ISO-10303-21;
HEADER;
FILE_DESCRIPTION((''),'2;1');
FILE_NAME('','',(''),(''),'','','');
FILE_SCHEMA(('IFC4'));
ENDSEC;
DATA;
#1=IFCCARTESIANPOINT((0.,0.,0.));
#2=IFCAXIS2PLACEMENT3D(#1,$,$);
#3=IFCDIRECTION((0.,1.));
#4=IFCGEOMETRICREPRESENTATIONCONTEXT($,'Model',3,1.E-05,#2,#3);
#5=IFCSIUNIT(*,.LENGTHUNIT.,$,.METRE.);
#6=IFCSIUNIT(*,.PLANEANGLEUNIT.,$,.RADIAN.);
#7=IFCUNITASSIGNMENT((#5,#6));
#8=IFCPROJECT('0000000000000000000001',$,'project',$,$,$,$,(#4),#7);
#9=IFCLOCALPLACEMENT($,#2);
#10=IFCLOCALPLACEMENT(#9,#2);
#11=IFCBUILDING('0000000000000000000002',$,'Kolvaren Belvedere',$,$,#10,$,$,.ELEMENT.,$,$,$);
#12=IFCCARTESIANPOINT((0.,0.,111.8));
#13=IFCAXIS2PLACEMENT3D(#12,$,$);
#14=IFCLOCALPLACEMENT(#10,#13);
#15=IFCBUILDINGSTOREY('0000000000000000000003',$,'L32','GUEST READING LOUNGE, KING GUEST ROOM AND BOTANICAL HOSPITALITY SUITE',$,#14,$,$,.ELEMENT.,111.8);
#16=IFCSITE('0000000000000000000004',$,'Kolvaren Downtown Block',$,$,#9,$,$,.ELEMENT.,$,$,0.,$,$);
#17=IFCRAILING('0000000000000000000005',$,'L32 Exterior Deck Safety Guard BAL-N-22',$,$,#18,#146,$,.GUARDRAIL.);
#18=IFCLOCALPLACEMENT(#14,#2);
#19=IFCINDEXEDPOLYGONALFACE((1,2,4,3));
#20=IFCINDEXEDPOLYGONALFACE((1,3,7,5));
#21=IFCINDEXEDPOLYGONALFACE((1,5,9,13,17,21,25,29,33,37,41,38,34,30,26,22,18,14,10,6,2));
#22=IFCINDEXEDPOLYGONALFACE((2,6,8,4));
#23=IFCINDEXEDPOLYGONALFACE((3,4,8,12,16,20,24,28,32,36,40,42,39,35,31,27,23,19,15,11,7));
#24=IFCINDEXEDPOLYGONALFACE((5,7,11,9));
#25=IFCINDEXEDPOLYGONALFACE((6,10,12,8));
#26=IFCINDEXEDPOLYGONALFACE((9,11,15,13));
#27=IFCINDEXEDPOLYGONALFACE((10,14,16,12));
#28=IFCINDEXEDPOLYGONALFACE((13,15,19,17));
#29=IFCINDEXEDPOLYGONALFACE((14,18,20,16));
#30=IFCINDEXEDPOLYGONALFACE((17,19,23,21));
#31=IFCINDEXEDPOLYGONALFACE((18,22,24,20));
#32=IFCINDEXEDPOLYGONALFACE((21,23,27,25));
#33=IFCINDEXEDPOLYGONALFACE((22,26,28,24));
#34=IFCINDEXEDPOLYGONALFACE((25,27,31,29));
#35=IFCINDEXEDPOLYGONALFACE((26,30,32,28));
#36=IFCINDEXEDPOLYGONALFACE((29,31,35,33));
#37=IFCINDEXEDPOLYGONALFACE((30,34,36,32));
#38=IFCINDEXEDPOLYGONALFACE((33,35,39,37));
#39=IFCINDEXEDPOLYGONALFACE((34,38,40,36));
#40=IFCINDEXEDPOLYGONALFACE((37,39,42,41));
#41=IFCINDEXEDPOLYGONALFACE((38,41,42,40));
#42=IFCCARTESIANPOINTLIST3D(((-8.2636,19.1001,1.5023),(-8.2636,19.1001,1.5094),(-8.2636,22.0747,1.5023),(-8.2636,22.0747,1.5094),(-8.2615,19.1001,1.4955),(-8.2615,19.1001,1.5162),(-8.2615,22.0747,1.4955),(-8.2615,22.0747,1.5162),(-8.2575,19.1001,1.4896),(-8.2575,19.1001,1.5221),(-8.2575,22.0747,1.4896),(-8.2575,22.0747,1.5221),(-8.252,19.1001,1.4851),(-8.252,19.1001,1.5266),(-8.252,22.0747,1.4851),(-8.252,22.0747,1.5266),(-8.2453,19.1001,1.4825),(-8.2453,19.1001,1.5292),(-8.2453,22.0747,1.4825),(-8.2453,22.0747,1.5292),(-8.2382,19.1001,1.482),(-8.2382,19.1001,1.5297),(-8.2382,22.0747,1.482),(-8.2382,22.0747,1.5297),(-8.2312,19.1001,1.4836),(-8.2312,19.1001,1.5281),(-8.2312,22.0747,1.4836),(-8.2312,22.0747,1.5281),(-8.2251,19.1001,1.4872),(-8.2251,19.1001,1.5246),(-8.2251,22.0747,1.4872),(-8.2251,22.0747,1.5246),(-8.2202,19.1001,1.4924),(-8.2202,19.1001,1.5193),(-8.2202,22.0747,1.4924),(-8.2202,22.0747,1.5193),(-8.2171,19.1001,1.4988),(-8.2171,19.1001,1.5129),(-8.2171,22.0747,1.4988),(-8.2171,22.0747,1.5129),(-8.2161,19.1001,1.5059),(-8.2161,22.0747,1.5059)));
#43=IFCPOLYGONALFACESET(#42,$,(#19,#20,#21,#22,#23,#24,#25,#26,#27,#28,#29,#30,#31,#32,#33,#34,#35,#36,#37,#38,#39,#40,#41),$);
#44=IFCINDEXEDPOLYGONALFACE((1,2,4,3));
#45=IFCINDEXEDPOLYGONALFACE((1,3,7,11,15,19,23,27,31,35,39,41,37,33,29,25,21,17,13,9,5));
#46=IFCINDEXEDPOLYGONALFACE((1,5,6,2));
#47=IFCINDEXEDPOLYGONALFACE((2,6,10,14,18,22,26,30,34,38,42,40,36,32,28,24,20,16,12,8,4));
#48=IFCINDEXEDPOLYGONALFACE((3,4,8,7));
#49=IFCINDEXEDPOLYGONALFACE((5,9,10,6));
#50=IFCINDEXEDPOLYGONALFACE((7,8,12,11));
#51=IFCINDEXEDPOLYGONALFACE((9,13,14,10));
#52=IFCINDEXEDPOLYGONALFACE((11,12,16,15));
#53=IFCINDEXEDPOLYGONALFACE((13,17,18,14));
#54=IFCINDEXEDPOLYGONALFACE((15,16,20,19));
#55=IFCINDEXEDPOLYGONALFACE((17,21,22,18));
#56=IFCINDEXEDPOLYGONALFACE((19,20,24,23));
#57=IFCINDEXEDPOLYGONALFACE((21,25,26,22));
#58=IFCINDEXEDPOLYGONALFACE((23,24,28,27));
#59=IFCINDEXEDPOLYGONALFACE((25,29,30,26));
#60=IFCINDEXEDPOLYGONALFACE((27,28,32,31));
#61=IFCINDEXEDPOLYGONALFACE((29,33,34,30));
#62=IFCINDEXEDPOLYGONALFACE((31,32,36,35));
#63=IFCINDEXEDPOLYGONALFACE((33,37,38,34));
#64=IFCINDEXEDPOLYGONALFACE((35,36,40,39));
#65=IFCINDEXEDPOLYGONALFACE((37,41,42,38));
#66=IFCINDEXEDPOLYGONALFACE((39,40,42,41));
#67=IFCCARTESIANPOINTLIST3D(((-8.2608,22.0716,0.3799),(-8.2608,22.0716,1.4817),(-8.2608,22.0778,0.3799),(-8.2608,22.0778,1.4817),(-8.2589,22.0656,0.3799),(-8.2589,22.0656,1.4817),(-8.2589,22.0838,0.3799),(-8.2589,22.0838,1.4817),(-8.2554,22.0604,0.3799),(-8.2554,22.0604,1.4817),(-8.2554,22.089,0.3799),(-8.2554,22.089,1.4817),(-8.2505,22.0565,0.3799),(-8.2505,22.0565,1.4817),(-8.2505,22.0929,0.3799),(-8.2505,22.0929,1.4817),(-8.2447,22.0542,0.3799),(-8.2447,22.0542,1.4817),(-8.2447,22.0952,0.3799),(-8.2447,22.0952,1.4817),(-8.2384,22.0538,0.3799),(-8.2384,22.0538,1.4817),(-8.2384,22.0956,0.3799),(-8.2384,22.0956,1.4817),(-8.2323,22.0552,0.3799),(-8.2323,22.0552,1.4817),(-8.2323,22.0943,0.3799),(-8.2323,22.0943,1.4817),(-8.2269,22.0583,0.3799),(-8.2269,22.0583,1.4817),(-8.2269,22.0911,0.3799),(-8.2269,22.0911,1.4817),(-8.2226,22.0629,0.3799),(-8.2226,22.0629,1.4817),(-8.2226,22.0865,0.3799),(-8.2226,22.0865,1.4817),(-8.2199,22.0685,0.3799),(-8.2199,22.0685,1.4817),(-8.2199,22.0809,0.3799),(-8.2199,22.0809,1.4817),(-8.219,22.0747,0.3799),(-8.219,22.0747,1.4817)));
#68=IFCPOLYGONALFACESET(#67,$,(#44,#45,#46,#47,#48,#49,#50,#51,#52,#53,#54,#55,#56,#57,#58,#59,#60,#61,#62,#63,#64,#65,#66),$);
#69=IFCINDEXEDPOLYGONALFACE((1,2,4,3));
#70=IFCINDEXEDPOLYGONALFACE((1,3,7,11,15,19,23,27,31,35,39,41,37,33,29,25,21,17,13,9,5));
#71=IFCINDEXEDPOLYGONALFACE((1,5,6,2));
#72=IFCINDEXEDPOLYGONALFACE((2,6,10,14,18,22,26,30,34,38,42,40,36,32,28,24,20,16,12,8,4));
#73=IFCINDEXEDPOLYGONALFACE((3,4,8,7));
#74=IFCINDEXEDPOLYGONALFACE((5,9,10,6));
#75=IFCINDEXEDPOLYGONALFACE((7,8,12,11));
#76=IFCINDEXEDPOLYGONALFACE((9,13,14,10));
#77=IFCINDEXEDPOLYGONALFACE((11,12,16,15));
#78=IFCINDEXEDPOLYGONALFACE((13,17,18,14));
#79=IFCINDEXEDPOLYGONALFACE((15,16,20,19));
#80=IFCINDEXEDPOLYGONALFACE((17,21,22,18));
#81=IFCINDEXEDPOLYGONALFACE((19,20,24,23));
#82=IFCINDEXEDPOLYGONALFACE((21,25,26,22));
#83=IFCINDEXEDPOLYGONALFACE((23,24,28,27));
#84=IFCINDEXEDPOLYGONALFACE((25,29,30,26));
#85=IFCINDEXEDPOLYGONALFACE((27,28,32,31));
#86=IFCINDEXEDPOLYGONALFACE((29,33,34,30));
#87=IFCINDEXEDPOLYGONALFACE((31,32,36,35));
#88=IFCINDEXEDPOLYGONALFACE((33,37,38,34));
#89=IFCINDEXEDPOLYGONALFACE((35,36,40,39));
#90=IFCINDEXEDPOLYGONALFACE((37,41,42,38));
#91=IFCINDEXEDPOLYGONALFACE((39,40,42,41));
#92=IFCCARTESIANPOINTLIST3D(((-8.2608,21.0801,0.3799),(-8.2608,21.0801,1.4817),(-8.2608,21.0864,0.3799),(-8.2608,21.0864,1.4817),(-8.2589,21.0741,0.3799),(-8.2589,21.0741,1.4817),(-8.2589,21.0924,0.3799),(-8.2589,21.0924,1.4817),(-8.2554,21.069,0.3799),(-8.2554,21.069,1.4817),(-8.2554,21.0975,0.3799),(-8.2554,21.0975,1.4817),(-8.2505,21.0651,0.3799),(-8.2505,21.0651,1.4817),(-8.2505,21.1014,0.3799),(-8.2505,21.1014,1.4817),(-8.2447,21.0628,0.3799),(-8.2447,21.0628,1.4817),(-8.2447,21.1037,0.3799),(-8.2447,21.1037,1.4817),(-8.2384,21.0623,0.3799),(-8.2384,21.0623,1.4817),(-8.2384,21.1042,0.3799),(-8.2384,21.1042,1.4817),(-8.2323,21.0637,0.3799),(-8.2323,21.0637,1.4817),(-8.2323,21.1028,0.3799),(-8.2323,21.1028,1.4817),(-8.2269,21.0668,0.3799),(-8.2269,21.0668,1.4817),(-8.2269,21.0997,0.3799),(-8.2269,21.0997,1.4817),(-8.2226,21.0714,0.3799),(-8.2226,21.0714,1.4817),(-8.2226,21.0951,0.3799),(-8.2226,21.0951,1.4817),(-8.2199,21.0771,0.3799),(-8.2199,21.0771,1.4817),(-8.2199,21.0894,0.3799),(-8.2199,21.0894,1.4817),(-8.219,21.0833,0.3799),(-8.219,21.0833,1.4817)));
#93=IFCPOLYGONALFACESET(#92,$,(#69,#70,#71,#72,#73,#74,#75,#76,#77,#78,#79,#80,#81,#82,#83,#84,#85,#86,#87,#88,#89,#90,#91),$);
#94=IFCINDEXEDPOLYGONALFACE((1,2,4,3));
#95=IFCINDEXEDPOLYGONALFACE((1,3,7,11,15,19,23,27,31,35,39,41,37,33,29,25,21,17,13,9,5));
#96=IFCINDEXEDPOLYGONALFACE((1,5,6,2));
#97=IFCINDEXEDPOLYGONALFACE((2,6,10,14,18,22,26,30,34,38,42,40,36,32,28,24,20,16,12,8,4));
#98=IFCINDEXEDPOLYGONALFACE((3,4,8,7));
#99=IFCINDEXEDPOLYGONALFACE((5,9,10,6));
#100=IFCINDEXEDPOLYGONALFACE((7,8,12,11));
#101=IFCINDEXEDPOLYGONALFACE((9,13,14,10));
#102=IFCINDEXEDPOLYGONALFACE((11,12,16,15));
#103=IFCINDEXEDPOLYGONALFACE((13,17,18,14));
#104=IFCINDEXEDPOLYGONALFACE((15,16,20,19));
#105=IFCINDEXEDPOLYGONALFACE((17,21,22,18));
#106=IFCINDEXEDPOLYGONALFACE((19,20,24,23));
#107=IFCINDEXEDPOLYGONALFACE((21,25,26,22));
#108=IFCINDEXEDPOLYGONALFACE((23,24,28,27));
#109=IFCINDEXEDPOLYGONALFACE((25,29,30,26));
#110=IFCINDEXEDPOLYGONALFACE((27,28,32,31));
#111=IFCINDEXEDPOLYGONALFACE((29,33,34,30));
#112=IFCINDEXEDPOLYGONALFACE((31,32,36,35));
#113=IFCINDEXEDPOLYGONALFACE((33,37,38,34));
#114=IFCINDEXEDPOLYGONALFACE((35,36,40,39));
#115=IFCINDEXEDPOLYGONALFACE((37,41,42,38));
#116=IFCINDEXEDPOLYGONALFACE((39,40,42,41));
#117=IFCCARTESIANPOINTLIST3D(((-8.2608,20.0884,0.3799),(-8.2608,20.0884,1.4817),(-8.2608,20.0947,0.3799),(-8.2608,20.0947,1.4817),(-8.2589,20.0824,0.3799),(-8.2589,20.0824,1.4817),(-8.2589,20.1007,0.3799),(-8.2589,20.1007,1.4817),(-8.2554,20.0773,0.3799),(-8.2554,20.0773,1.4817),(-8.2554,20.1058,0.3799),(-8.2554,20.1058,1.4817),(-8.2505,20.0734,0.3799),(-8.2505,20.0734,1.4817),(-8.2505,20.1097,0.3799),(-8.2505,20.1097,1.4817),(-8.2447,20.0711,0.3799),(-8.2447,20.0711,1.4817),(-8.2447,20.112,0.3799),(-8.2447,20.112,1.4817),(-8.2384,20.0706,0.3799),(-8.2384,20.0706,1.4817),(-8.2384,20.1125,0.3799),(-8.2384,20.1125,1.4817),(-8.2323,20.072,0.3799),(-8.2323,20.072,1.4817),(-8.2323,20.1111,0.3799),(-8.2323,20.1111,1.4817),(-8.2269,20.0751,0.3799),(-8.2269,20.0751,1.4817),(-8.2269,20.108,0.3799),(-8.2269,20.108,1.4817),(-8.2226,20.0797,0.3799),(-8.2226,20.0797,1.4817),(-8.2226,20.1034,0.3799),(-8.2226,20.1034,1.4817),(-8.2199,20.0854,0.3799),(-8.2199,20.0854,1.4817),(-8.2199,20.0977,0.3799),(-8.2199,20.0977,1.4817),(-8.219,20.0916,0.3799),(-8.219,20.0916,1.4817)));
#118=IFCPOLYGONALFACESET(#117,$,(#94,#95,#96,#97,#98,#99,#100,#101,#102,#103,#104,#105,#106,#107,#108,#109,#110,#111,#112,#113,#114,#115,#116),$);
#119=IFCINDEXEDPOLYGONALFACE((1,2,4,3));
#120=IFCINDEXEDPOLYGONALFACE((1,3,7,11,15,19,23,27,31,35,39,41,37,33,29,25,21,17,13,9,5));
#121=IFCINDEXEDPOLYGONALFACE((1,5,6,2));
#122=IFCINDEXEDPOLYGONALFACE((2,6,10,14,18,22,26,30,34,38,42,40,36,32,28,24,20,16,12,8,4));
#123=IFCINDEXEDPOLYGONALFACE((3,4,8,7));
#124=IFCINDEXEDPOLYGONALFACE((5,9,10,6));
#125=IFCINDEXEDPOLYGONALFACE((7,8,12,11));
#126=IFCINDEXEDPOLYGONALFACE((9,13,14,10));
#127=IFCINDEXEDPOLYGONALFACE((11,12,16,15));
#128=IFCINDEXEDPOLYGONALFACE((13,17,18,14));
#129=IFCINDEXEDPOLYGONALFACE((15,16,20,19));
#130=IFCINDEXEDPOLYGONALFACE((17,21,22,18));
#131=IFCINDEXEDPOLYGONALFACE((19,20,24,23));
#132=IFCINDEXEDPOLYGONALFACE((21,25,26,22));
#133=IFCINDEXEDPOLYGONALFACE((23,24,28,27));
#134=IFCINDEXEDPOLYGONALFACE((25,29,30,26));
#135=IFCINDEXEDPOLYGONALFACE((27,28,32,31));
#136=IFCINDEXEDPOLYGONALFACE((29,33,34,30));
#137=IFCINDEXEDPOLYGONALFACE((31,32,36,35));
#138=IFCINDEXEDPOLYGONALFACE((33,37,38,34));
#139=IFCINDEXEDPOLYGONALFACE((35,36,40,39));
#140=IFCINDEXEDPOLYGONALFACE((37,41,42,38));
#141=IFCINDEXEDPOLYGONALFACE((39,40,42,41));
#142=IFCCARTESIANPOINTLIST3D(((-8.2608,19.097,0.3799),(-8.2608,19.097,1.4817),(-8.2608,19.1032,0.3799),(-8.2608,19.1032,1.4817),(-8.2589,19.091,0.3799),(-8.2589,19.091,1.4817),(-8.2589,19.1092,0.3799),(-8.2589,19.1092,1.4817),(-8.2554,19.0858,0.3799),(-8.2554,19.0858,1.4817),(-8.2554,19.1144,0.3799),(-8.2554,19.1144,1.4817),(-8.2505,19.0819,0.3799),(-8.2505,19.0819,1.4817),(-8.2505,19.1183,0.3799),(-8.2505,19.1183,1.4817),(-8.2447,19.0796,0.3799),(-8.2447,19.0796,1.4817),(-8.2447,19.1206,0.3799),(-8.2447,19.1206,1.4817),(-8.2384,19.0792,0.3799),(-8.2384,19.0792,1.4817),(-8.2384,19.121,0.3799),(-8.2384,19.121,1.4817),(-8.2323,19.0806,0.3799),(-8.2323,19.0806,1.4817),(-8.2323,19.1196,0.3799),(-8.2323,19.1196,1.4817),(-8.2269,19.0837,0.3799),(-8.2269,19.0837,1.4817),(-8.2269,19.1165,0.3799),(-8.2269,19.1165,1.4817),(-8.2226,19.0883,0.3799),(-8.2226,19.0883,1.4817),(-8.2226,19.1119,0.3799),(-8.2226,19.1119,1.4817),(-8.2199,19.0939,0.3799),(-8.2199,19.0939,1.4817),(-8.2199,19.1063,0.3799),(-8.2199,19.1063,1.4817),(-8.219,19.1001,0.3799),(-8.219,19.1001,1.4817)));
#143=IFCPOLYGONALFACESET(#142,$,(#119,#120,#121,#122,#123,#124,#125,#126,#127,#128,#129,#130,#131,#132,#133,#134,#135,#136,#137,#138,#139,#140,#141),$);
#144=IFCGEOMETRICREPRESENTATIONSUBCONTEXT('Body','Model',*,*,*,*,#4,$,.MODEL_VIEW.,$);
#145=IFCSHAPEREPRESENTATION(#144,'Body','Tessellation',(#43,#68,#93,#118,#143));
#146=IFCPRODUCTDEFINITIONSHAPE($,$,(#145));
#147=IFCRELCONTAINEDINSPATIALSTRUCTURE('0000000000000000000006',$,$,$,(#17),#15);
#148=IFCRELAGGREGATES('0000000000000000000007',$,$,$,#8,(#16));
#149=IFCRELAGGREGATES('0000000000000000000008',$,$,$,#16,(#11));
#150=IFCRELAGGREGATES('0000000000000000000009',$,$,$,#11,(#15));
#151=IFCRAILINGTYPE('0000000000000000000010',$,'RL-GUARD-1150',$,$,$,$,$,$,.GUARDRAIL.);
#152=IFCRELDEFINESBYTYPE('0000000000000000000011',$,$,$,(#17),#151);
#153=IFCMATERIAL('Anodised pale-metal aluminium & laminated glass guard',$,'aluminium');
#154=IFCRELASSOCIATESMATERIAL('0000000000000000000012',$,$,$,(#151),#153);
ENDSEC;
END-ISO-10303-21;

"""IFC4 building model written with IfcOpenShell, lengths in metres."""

from ifc_helpers import new_model, si_unit, direction, frame, origin, origin_2d, place, context, subcontext, project, spatial, circle, extrude, material, type_object, element, save


model = new_model("IFC4")

# Units and contexts
model_context = context("Model", 3, precision=1e-05, world=origin(), true_north=direction((0.0, 1.0)))
body_context = subcontext(model_context, "Body", "Model", "MODEL_VIEW")
ifc_project = project(units=[si_unit("LENGTHUNIT", "METRE"), si_unit("PLANEANGLEUNIT", "RADIAN")], contexts=[model_context])

# Site, building, storey
site_placement = place(None, origin())
site = spatial("IfcSite", under=ifc_project, at=site_placement, Name="Kolvaren Downtown Block", CompositionType="ELEMENT", RefElevation=0.0)
building_placement = place(site_placement, origin())
building = spatial("IfcBuilding", under=site, at=building_placement, Name="Kolvaren Belvedere", CompositionType="ELEMENT")
storey_placement = place(building_placement, frame((0.0, 0.0, 111.8)))
storey = spatial("IfcBuildingStorey", under=building, at=storey_placement, Name="L32", Description="GUEST READING LOUNGE, KING GUEST ROOM AND BOTANICAL HOSPITALITY SUITE", CompositionType="ELEMENT", Elevation=111.8)

# Railing
ifc_material_1 = material(Name="Anodised pale-metal aluminium & laminated glass guard", Category="aluminium")
railing_type = type_object("IfcRailingType", Name="RL-GUARD-1150", PredefinedType="GUARDRAIL", material=ifc_material_1)
railing_1_placement = place(storey_placement, frame((-8.24, 22.0747, 0.3799)))
element("IfcRailing", 1, at=railing_1_placement, inside=storey, type_object=railing_type, Name="L32 Exterior Deck Safety Guard BAL-N-22", PredefinedType="GUARDRAIL", context=body_context, shape_type="SweptSolid", body=[
    extrude(circle(Radius=0.0239, at=origin_2d()), frame((0.0, 0.0, 1.126), z_axis=(0.0, -1.0, 0.0), x_axis=(1.0, 0.0, 0.0)), (0.0, 0.0, 1.0), 2.9746),
    extrude(circle(Radius=0.021, at=origin_2d()), origin(), (0.0, 0.0, 1.0), 1.1018),
    extrude(circle(Radius=0.021, at=origin_2d()), frame((0.0, -0.9915, 0.0)), (0.0, 0.0, 1.0), 1.1018),
    extrude(circle(Radius=0.021, at=origin_2d()), frame((0.0, -1.9832, 0.0)), (0.0, 0.0, 1.0), 1.1018),
    extrude(circle(Radius=0.021, at=origin_2d()), frame((0.0, -2.9746, 0.0)), (0.0, 0.0, 1.0), 1.1018),
])

save(model, "model.ifc")
